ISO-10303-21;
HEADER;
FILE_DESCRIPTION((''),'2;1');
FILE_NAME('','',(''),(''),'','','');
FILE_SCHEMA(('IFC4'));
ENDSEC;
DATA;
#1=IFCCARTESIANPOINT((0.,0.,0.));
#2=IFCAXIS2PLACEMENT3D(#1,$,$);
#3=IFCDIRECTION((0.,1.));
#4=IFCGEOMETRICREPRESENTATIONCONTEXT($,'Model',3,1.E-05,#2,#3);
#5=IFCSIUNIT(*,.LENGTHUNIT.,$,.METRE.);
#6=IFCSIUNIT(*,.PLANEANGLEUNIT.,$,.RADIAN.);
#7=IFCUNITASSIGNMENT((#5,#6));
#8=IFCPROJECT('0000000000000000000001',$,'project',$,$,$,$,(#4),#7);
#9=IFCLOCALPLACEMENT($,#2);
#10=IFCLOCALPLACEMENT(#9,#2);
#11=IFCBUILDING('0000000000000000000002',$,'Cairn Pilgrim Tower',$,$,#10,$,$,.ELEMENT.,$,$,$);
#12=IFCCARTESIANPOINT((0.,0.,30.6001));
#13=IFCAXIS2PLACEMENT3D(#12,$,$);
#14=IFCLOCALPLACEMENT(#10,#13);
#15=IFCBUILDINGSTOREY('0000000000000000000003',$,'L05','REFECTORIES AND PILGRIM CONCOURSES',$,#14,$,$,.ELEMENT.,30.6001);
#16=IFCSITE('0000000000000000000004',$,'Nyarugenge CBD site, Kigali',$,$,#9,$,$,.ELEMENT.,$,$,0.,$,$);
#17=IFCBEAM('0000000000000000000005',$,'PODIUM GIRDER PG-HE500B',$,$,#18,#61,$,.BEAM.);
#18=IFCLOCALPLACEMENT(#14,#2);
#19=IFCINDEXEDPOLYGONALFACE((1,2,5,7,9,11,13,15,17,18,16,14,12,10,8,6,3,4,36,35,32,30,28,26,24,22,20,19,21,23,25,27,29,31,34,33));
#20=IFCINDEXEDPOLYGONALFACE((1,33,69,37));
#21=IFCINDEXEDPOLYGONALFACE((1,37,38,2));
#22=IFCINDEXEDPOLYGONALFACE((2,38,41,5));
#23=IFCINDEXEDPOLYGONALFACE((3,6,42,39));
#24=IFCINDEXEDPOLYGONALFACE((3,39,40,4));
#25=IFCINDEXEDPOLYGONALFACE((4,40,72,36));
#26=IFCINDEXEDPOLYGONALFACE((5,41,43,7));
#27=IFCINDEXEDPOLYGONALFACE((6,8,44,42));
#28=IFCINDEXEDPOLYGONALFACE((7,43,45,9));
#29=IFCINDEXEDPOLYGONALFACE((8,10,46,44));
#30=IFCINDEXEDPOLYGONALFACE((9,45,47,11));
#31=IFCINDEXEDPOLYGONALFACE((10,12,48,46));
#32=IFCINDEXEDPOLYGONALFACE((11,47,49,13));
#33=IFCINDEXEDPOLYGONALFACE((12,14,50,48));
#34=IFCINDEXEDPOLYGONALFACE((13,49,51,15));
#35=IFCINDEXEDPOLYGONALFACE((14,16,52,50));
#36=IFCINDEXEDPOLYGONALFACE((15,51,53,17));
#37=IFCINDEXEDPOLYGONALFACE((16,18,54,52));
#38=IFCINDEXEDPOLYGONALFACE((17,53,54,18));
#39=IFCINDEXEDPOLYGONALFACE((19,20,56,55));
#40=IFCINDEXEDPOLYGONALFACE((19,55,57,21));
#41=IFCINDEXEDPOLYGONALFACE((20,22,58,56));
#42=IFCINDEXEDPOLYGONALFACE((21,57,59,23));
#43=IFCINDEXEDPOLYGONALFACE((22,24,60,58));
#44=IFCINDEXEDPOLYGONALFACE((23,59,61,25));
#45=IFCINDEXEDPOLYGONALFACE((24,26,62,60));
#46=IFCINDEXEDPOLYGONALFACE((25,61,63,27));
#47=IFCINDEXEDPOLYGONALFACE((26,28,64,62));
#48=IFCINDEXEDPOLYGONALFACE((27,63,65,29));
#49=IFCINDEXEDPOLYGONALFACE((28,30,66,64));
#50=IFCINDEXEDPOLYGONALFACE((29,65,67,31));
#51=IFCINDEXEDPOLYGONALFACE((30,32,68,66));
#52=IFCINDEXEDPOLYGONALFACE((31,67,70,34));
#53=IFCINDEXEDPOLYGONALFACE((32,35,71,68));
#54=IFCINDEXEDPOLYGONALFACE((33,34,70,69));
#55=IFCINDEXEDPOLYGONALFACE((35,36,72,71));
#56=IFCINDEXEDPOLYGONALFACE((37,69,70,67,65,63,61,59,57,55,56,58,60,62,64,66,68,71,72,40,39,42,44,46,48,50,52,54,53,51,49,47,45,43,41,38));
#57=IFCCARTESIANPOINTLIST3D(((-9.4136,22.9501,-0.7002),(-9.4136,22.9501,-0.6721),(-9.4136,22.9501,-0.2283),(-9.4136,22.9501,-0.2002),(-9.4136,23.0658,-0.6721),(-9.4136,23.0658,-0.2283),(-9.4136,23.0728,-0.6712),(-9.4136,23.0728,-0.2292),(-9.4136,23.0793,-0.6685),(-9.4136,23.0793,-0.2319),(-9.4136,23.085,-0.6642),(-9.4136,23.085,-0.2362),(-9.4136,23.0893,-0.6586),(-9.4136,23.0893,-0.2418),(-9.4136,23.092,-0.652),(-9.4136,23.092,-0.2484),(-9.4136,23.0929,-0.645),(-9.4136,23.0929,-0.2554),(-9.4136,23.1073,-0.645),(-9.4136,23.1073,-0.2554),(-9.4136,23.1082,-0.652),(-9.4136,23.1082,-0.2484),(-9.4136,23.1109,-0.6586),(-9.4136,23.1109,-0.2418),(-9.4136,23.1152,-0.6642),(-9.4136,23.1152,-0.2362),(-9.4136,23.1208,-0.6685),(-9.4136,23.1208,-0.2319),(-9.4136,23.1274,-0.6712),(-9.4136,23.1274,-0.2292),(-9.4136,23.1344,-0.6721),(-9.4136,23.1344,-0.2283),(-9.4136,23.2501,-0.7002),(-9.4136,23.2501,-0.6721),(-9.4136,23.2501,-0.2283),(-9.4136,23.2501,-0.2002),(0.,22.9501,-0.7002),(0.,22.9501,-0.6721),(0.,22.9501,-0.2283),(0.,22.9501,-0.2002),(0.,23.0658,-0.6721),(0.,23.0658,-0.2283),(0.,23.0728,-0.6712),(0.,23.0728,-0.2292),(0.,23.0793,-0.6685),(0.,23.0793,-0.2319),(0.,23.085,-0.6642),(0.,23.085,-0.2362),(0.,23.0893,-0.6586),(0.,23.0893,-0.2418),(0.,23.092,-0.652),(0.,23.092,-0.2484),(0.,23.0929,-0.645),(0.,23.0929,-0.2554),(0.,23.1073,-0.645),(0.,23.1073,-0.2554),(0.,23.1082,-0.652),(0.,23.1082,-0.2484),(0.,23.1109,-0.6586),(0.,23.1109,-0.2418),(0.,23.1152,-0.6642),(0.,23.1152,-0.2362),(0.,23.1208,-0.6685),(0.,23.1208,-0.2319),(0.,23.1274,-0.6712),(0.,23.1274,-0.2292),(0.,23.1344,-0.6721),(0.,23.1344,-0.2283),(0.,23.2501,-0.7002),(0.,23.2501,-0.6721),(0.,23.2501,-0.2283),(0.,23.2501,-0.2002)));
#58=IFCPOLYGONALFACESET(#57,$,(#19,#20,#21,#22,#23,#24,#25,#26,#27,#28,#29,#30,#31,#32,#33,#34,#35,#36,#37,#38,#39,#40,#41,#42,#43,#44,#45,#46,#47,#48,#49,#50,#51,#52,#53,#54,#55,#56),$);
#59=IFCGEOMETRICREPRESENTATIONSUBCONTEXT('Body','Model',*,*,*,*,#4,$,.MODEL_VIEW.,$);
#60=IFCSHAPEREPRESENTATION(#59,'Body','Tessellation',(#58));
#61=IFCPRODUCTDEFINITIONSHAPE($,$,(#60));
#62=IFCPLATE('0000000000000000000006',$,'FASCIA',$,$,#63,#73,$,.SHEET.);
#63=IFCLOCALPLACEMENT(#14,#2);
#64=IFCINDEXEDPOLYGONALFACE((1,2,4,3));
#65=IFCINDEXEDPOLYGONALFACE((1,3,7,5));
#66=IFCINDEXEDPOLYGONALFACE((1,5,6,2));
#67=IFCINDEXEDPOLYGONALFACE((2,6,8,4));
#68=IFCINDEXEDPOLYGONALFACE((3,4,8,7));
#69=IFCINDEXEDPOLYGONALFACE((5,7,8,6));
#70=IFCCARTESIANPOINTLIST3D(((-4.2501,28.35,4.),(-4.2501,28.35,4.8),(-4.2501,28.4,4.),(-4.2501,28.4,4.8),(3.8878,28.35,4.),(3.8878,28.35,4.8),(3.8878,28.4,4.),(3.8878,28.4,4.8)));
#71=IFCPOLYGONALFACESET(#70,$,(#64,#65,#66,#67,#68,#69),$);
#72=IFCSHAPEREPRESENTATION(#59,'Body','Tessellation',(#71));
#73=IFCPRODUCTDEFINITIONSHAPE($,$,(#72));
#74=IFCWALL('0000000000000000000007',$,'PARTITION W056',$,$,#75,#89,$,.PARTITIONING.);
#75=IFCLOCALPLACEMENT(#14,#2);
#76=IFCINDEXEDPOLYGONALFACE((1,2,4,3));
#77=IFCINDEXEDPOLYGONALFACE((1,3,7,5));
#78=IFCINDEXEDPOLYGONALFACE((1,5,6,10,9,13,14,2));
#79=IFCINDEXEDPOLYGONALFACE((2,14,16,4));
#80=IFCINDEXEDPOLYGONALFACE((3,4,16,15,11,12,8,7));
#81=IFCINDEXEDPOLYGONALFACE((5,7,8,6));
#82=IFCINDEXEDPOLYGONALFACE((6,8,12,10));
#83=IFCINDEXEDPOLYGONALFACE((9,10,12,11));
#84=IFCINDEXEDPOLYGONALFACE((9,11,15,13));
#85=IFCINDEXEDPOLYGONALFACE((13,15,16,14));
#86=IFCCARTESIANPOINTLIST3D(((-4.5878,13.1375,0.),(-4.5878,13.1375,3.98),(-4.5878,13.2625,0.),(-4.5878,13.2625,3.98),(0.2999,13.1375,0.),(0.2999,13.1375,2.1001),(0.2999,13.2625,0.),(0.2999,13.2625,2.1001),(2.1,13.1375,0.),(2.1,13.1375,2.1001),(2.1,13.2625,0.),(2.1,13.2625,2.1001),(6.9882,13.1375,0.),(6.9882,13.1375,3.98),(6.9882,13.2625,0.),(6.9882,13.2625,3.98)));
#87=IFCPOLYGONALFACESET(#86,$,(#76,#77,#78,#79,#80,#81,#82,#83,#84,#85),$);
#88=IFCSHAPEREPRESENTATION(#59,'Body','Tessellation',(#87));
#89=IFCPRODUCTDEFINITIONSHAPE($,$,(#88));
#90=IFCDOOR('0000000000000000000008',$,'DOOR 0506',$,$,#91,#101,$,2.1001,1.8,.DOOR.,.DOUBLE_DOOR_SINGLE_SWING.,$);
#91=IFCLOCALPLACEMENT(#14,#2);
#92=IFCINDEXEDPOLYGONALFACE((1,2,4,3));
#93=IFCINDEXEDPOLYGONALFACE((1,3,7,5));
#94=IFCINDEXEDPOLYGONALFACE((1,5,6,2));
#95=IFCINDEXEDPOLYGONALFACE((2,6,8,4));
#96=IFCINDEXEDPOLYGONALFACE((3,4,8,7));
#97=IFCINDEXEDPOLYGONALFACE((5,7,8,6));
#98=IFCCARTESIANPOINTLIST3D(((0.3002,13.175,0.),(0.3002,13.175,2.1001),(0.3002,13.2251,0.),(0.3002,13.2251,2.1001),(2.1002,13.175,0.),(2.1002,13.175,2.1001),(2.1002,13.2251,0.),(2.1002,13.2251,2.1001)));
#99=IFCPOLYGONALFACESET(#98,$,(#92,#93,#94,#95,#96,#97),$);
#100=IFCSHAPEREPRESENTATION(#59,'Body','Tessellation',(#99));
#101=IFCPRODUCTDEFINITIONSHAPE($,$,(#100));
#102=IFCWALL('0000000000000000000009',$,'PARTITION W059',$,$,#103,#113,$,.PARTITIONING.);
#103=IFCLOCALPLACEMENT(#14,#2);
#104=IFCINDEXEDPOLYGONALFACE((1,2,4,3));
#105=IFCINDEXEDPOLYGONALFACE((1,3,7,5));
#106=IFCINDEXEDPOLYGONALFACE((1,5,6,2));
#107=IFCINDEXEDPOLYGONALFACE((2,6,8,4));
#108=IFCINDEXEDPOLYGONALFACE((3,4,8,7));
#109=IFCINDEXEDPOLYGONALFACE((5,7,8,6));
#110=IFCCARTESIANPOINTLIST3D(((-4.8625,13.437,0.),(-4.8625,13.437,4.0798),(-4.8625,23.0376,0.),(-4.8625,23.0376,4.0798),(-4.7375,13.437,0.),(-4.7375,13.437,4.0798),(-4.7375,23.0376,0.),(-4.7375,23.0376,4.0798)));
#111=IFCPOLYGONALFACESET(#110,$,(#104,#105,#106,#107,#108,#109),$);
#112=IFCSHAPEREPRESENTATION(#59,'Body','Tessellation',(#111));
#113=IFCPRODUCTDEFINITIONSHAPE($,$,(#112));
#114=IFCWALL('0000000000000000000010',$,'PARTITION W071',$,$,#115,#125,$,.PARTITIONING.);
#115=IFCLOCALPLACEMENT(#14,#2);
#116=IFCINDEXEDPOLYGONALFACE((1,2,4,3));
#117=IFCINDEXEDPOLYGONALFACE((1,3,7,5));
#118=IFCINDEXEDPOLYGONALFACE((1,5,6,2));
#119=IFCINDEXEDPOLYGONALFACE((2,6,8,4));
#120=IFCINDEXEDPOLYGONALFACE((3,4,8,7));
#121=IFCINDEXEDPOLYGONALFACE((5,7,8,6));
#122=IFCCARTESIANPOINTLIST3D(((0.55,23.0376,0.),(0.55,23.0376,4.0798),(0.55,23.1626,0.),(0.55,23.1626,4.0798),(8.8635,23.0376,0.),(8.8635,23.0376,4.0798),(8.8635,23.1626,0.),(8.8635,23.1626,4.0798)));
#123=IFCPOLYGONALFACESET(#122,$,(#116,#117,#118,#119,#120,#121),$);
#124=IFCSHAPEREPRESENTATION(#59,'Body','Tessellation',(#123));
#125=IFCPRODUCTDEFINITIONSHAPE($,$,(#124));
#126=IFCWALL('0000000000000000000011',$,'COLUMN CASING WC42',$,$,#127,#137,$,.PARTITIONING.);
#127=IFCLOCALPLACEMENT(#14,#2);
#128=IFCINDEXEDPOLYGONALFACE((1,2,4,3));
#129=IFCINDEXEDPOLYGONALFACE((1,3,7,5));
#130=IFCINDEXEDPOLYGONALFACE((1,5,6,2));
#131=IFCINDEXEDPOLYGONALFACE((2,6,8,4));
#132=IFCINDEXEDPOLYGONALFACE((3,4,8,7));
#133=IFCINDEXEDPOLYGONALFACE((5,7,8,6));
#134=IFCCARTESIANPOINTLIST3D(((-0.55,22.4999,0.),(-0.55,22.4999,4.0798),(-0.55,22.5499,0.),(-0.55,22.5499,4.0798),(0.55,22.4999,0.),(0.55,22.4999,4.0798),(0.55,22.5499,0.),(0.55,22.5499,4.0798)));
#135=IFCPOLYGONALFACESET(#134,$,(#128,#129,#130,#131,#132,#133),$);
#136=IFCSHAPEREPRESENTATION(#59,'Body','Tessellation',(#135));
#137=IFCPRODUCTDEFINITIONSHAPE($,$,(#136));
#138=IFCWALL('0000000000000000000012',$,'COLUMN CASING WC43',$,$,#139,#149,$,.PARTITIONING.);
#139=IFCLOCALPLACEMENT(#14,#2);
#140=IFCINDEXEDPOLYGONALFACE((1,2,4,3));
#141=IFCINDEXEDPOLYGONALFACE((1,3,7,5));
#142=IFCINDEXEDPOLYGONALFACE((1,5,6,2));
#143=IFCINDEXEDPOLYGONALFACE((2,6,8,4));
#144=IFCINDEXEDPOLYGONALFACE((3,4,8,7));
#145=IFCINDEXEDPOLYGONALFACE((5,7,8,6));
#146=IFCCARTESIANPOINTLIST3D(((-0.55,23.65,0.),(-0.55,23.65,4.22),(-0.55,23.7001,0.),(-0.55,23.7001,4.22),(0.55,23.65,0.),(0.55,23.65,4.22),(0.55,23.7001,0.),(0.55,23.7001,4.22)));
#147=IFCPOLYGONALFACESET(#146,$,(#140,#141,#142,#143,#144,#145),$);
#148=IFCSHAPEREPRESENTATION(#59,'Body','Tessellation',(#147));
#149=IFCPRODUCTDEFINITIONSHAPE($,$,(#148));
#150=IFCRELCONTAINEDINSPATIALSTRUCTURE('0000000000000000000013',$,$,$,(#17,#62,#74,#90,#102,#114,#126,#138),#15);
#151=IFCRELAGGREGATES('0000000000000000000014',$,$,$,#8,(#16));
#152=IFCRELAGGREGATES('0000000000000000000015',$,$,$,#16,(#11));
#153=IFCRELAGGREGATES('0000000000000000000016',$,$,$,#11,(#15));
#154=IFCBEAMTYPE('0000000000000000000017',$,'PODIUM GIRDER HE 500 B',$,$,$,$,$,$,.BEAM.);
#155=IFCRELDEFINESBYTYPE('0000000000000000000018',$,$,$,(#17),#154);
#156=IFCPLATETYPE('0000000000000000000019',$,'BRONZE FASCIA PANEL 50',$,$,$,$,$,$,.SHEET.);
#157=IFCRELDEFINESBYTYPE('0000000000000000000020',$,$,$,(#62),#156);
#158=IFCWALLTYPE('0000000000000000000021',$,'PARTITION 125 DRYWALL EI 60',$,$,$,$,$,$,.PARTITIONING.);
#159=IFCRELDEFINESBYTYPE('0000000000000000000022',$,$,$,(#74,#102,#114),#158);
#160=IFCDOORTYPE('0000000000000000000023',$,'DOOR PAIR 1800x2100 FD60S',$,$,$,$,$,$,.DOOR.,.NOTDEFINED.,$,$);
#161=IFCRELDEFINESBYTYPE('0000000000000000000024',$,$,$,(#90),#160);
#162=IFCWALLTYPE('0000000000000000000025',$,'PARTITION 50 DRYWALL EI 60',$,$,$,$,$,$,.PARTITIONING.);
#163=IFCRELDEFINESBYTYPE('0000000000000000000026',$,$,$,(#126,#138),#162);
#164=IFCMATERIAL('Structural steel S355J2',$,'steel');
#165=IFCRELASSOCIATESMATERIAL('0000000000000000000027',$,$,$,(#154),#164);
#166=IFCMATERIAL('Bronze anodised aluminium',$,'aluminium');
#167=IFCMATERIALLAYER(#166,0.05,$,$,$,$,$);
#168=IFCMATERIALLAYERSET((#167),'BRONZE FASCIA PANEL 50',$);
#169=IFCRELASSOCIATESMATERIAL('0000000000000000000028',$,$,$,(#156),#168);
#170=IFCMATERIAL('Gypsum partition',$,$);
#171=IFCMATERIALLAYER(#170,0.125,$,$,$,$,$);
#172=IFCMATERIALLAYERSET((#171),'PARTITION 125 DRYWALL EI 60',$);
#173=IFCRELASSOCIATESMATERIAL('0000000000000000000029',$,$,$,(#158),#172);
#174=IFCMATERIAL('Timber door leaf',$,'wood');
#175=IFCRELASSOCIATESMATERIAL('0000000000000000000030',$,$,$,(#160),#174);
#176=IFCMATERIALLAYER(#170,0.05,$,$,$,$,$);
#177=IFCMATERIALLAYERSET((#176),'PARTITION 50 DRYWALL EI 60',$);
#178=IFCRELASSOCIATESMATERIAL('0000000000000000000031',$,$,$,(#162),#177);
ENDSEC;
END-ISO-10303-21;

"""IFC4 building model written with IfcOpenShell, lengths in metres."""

from ifc_helpers import new_model, si_unit, direction, frame, frame_2d, origin, origin_2d, place, context, subcontext, project, spatial, rectangle, i_section, extrude, material, layer, layer_set, material_profile, profile_set, type_object, element, fill, save


model = new_model("IFC4")

# Units and contexts
model_context = context("Model", 3, precision=1e-05, world=origin(), true_north=direction((0.0, 1.0)))
body_context = subcontext(model_context, "Body", "Model", "MODEL_VIEW")
ifc_project = project(units=[si_unit("LENGTHUNIT", "METRE"), si_unit("PLANEANGLEUNIT", "RADIAN")], contexts=[model_context])

# Site, building, storey
site_placement = place(None, origin())
site = spatial("IfcSite", under=ifc_project, at=site_placement, Name="Nyarugenge CBD site, Kigali", CompositionType="ELEMENT", RefElevation=0.0)
building_placement = place(site_placement, origin())
building = spatial("IfcBuilding", under=site, at=building_placement, Name="Cairn Pilgrim Tower", CompositionType="ELEMENT")
storey_placement = place(building_placement, frame((0.0, 0.0, 30.6001)))
storey = spatial("IfcBuildingStorey", under=building, at=storey_placement, Name="L05", Description="REFECTORIES AND PILGRIM CONCOURSES", CompositionType="ELEMENT", Elevation=30.6001)

# Beam
ifc_material_1 = material(Name="Structural steel S355J2", Category="steel")
ifc_material_profile_1 = material_profile(ifc_material_1, i_section(OverallWidth=0.3, OverallDepth=0.5, WebThickness=0.0144, FlangeThickness=0.0281, FilletRadius=0.0271, at=origin_2d()), Name="HEB 500")
ifc_profile_set_1 = profile_set([ifc_material_profile_1], Name="Structural steel S355J2")
beam_type_1 = type_object("IfcBeamType", Name="PODIUM GIRDER HE 500 B", PredefinedType="BEAM", material=ifc_profile_set_1)
beam_1_placement = place(storey_placement, frame((0.0, 23.1001, -0.4502), z_axis=(-1.0, 0.0, 0.0), x_axis=(0.0, -1.0, 0.0)))
element("IfcBeam", 1, at=beam_1_placement, inside=storey, type_object=beam_type_1, Name="PODIUM GIRDER PG-HE500B", PredefinedType="BEAM", context=body_context, shape_type="SweptSolid", body=[
    extrude(i_section(OverallWidth=0.3, OverallDepth=0.5, WebThickness=0.0144, FlangeThickness=0.0281, FilletRadius=0.0271, at=origin_2d()), origin(), (0.0, 0.0, 1.0), 9.4136),
])

# Plate
ifc_material_2 = material(Name="Bronze anodised aluminium", Category="aluminium")
ifc_layer_1 = layer(ifc_material_2, 0.05)
ifc_layer_set_1 = layer_set([ifc_layer_1], Name="BRONZE FASCIA PANEL 50")
plate_type = type_object("IfcPlateType", Name="BRONZE FASCIA PANEL 50", PredefinedType="SHEET", material=ifc_layer_set_1)
plate_placement = place(storey_placement, frame((-0.1812, 28.375, 4.0), z_axis=(0.0, 0.0, 1.0), x_axis=(-1.0, 0.0, 0.0)))
element("IfcPlate", 2, at=plate_placement, inside=storey, type_object=plate_type, Name="FASCIA", PredefinedType="SHEET", context=body_context, shape_type="SweptSolid", body=[
    extrude(rectangle(XDim=8.1379, YDim=0.05, at=origin_2d()), origin(), (0.0, 0.0, 1.0), 0.8),
])

# Wall, opening, door
ifc_material_3 = material(Name="Gypsum partition")
ifc_layer_2 = layer(ifc_material_3, 0.125)
ifc_layer_set_2 = layer_set([ifc_layer_2], Name="PARTITION 125 DRYWALL EI 60")
wall_type_1 = type_object("IfcWallType", Name="PARTITION 125 DRYWALL EI 60", PredefinedType="PARTITIONING", material=ifc_layer_set_2)
wall_1_placement = place(storey_placement, frame((-4.5879, 13.2, 0.0), z_axis=(0.0, 0.0, 1.0), x_axis=(1.0, 0.0, 0.0)))
wall_1 = element("IfcWall", 3, at=wall_1_placement, inside=storey, type_object=wall_type_1, Name="PARTITION W056", PredefinedType="PARTITIONING", context=body_context, shape_type="SweptSolid", body=[
    extrude(rectangle(XDim=11.5759, YDim=0.125, at=frame_2d((5.7881, 0.0))), origin(), (0.0, 0.0, 1.0), 3.98),
])
opening_1_placement = place(wall_1_placement, frame((4.8879, 0.0, 0.0)))
opening_1 = element("IfcOpeningElement", 4, at=opening_1_placement, cuts=wall_1, PredefinedType="OPENING", context=body_context, shape_type="SweptSolid", body=[
    extrude(rectangle(XDim=1.8, YDim=2.1001, at=frame_2d((0.8999, 1.05))), frame((0.0, 0.0725, 0.0), z_axis=(0.0, -1.0, 0.0), x_axis=(1.0, 0.0, 0.0)), (0.0, 0.0, 1.0), 0.145),
])
ifc_material_4 = material(Name="Timber door leaf", Category="wood")
door_type = type_object("IfcDoorType", Name="DOOR PAIR 1800x2100 FD60S", OperationType="NOTDEFINED", PredefinedType="DOOR", material=ifc_material_4)
door_placement = place(opening_1_placement, frame((1.8, 0.0, 0.0), z_axis=(0.0, 0.0, 1.0), x_axis=(-1.0, 0.0, 0.0)))
door = element("IfcDoor", 5, at=door_placement, inside=storey, type_object=door_type, Name="DOOR 0506", OperationType="DOUBLE_DOOR_SINGLE_SWING", OverallHeight=2.1001, OverallWidth=1.8, PredefinedType="DOOR", context=body_context, shape_type="SweptSolid", body=[
    extrude(rectangle(XDim=1.8, YDim=2.1001, at=frame_2d((0.8999, 1.05))), frame((0.0, 0.0249, 0.0), z_axis=(0.0, -1.0, 0.0), x_axis=(1.0, 0.0, 0.0)), (0.0, 0.0, 1.0), 0.05),
])
fill(opening_1, door)

# Walls
wall_2_placement = place(storey_placement, frame((-4.8, 13.437, 0.0), z_axis=(0.0, 0.0, 1.0), x_axis=(0.0, 1.0, 0.0)))
element("IfcWall", 6, at=wall_2_placement, inside=storey, type_object=wall_type_1, Name="PARTITION W059", PredefinedType="PARTITIONING", context=body_context, shape_type="SweptSolid", body=[
    extrude(rectangle(XDim=9.6006, YDim=0.125, at=frame_2d((4.8003, 0.0))), origin(), (0.0, 0.0, 1.0), 4.0798),
])
wall_3_placement = place(storey_placement, frame((0.55, 23.1001, 0.0), z_axis=(0.0, 0.0, 1.0), x_axis=(1.0, 0.0, 0.0)))
element("IfcWall", 7, at=wall_3_placement, inside=storey, type_object=wall_type_1, Name="PARTITION W071", PredefinedType="PARTITIONING", context=body_context, shape_type="SweptSolid", body=[
    extrude(rectangle(XDim=8.3135, YDim=0.125, at=frame_2d((4.1567, 0.0))), origin(), (0.0, 0.0, 1.0), 4.0798),
])
ifc_layer_3 = layer(ifc_material_3, 0.05)
ifc_layer_set_3 = layer_set([ifc_layer_3], Name="PARTITION 50 DRYWALL EI 60")
wall_type_2 = type_object("IfcWallType", Name="PARTITION 50 DRYWALL EI 60", PredefinedType="PARTITIONING", material=ifc_layer_set_3)
wall_4_placement = place(storey_placement, frame((-0.55, 22.5249, 0.0), z_axis=(0.0, 0.0, 1.0), x_axis=(1.0, 0.0, 0.0)))
element("IfcWall", 8, at=wall_4_placement, inside=storey, type_object=wall_type_2, Name="COLUMN CASING WC42", PredefinedType="PARTITIONING", context=body_context, shape_type="SweptSolid", body=[
    extrude(rectangle(XDim=1.1001, YDim=0.05, at=frame_2d((0.55, 0.0))), origin(), (0.0, 0.0, 1.0), 4.0798),
])
wall_5_placement = place(storey_placement, frame((-0.55, 23.675, 0.0), z_axis=(0.0, 0.0, 1.0), x_axis=(1.0, 0.0, 0.0)))
element("IfcWall", 9, at=wall_5_placement, inside=storey, type_object=wall_type_2, Name="COLUMN CASING WC43", PredefinedType="PARTITIONING", context=body_context, shape_type="SweptSolid", body=[
    extrude(rectangle(XDim=1.1001, YDim=0.05, at=frame_2d((0.55, 0.0))), origin(), (0.0, 0.0, 1.0), 4.22),
])

save(model, "model.ifc")
